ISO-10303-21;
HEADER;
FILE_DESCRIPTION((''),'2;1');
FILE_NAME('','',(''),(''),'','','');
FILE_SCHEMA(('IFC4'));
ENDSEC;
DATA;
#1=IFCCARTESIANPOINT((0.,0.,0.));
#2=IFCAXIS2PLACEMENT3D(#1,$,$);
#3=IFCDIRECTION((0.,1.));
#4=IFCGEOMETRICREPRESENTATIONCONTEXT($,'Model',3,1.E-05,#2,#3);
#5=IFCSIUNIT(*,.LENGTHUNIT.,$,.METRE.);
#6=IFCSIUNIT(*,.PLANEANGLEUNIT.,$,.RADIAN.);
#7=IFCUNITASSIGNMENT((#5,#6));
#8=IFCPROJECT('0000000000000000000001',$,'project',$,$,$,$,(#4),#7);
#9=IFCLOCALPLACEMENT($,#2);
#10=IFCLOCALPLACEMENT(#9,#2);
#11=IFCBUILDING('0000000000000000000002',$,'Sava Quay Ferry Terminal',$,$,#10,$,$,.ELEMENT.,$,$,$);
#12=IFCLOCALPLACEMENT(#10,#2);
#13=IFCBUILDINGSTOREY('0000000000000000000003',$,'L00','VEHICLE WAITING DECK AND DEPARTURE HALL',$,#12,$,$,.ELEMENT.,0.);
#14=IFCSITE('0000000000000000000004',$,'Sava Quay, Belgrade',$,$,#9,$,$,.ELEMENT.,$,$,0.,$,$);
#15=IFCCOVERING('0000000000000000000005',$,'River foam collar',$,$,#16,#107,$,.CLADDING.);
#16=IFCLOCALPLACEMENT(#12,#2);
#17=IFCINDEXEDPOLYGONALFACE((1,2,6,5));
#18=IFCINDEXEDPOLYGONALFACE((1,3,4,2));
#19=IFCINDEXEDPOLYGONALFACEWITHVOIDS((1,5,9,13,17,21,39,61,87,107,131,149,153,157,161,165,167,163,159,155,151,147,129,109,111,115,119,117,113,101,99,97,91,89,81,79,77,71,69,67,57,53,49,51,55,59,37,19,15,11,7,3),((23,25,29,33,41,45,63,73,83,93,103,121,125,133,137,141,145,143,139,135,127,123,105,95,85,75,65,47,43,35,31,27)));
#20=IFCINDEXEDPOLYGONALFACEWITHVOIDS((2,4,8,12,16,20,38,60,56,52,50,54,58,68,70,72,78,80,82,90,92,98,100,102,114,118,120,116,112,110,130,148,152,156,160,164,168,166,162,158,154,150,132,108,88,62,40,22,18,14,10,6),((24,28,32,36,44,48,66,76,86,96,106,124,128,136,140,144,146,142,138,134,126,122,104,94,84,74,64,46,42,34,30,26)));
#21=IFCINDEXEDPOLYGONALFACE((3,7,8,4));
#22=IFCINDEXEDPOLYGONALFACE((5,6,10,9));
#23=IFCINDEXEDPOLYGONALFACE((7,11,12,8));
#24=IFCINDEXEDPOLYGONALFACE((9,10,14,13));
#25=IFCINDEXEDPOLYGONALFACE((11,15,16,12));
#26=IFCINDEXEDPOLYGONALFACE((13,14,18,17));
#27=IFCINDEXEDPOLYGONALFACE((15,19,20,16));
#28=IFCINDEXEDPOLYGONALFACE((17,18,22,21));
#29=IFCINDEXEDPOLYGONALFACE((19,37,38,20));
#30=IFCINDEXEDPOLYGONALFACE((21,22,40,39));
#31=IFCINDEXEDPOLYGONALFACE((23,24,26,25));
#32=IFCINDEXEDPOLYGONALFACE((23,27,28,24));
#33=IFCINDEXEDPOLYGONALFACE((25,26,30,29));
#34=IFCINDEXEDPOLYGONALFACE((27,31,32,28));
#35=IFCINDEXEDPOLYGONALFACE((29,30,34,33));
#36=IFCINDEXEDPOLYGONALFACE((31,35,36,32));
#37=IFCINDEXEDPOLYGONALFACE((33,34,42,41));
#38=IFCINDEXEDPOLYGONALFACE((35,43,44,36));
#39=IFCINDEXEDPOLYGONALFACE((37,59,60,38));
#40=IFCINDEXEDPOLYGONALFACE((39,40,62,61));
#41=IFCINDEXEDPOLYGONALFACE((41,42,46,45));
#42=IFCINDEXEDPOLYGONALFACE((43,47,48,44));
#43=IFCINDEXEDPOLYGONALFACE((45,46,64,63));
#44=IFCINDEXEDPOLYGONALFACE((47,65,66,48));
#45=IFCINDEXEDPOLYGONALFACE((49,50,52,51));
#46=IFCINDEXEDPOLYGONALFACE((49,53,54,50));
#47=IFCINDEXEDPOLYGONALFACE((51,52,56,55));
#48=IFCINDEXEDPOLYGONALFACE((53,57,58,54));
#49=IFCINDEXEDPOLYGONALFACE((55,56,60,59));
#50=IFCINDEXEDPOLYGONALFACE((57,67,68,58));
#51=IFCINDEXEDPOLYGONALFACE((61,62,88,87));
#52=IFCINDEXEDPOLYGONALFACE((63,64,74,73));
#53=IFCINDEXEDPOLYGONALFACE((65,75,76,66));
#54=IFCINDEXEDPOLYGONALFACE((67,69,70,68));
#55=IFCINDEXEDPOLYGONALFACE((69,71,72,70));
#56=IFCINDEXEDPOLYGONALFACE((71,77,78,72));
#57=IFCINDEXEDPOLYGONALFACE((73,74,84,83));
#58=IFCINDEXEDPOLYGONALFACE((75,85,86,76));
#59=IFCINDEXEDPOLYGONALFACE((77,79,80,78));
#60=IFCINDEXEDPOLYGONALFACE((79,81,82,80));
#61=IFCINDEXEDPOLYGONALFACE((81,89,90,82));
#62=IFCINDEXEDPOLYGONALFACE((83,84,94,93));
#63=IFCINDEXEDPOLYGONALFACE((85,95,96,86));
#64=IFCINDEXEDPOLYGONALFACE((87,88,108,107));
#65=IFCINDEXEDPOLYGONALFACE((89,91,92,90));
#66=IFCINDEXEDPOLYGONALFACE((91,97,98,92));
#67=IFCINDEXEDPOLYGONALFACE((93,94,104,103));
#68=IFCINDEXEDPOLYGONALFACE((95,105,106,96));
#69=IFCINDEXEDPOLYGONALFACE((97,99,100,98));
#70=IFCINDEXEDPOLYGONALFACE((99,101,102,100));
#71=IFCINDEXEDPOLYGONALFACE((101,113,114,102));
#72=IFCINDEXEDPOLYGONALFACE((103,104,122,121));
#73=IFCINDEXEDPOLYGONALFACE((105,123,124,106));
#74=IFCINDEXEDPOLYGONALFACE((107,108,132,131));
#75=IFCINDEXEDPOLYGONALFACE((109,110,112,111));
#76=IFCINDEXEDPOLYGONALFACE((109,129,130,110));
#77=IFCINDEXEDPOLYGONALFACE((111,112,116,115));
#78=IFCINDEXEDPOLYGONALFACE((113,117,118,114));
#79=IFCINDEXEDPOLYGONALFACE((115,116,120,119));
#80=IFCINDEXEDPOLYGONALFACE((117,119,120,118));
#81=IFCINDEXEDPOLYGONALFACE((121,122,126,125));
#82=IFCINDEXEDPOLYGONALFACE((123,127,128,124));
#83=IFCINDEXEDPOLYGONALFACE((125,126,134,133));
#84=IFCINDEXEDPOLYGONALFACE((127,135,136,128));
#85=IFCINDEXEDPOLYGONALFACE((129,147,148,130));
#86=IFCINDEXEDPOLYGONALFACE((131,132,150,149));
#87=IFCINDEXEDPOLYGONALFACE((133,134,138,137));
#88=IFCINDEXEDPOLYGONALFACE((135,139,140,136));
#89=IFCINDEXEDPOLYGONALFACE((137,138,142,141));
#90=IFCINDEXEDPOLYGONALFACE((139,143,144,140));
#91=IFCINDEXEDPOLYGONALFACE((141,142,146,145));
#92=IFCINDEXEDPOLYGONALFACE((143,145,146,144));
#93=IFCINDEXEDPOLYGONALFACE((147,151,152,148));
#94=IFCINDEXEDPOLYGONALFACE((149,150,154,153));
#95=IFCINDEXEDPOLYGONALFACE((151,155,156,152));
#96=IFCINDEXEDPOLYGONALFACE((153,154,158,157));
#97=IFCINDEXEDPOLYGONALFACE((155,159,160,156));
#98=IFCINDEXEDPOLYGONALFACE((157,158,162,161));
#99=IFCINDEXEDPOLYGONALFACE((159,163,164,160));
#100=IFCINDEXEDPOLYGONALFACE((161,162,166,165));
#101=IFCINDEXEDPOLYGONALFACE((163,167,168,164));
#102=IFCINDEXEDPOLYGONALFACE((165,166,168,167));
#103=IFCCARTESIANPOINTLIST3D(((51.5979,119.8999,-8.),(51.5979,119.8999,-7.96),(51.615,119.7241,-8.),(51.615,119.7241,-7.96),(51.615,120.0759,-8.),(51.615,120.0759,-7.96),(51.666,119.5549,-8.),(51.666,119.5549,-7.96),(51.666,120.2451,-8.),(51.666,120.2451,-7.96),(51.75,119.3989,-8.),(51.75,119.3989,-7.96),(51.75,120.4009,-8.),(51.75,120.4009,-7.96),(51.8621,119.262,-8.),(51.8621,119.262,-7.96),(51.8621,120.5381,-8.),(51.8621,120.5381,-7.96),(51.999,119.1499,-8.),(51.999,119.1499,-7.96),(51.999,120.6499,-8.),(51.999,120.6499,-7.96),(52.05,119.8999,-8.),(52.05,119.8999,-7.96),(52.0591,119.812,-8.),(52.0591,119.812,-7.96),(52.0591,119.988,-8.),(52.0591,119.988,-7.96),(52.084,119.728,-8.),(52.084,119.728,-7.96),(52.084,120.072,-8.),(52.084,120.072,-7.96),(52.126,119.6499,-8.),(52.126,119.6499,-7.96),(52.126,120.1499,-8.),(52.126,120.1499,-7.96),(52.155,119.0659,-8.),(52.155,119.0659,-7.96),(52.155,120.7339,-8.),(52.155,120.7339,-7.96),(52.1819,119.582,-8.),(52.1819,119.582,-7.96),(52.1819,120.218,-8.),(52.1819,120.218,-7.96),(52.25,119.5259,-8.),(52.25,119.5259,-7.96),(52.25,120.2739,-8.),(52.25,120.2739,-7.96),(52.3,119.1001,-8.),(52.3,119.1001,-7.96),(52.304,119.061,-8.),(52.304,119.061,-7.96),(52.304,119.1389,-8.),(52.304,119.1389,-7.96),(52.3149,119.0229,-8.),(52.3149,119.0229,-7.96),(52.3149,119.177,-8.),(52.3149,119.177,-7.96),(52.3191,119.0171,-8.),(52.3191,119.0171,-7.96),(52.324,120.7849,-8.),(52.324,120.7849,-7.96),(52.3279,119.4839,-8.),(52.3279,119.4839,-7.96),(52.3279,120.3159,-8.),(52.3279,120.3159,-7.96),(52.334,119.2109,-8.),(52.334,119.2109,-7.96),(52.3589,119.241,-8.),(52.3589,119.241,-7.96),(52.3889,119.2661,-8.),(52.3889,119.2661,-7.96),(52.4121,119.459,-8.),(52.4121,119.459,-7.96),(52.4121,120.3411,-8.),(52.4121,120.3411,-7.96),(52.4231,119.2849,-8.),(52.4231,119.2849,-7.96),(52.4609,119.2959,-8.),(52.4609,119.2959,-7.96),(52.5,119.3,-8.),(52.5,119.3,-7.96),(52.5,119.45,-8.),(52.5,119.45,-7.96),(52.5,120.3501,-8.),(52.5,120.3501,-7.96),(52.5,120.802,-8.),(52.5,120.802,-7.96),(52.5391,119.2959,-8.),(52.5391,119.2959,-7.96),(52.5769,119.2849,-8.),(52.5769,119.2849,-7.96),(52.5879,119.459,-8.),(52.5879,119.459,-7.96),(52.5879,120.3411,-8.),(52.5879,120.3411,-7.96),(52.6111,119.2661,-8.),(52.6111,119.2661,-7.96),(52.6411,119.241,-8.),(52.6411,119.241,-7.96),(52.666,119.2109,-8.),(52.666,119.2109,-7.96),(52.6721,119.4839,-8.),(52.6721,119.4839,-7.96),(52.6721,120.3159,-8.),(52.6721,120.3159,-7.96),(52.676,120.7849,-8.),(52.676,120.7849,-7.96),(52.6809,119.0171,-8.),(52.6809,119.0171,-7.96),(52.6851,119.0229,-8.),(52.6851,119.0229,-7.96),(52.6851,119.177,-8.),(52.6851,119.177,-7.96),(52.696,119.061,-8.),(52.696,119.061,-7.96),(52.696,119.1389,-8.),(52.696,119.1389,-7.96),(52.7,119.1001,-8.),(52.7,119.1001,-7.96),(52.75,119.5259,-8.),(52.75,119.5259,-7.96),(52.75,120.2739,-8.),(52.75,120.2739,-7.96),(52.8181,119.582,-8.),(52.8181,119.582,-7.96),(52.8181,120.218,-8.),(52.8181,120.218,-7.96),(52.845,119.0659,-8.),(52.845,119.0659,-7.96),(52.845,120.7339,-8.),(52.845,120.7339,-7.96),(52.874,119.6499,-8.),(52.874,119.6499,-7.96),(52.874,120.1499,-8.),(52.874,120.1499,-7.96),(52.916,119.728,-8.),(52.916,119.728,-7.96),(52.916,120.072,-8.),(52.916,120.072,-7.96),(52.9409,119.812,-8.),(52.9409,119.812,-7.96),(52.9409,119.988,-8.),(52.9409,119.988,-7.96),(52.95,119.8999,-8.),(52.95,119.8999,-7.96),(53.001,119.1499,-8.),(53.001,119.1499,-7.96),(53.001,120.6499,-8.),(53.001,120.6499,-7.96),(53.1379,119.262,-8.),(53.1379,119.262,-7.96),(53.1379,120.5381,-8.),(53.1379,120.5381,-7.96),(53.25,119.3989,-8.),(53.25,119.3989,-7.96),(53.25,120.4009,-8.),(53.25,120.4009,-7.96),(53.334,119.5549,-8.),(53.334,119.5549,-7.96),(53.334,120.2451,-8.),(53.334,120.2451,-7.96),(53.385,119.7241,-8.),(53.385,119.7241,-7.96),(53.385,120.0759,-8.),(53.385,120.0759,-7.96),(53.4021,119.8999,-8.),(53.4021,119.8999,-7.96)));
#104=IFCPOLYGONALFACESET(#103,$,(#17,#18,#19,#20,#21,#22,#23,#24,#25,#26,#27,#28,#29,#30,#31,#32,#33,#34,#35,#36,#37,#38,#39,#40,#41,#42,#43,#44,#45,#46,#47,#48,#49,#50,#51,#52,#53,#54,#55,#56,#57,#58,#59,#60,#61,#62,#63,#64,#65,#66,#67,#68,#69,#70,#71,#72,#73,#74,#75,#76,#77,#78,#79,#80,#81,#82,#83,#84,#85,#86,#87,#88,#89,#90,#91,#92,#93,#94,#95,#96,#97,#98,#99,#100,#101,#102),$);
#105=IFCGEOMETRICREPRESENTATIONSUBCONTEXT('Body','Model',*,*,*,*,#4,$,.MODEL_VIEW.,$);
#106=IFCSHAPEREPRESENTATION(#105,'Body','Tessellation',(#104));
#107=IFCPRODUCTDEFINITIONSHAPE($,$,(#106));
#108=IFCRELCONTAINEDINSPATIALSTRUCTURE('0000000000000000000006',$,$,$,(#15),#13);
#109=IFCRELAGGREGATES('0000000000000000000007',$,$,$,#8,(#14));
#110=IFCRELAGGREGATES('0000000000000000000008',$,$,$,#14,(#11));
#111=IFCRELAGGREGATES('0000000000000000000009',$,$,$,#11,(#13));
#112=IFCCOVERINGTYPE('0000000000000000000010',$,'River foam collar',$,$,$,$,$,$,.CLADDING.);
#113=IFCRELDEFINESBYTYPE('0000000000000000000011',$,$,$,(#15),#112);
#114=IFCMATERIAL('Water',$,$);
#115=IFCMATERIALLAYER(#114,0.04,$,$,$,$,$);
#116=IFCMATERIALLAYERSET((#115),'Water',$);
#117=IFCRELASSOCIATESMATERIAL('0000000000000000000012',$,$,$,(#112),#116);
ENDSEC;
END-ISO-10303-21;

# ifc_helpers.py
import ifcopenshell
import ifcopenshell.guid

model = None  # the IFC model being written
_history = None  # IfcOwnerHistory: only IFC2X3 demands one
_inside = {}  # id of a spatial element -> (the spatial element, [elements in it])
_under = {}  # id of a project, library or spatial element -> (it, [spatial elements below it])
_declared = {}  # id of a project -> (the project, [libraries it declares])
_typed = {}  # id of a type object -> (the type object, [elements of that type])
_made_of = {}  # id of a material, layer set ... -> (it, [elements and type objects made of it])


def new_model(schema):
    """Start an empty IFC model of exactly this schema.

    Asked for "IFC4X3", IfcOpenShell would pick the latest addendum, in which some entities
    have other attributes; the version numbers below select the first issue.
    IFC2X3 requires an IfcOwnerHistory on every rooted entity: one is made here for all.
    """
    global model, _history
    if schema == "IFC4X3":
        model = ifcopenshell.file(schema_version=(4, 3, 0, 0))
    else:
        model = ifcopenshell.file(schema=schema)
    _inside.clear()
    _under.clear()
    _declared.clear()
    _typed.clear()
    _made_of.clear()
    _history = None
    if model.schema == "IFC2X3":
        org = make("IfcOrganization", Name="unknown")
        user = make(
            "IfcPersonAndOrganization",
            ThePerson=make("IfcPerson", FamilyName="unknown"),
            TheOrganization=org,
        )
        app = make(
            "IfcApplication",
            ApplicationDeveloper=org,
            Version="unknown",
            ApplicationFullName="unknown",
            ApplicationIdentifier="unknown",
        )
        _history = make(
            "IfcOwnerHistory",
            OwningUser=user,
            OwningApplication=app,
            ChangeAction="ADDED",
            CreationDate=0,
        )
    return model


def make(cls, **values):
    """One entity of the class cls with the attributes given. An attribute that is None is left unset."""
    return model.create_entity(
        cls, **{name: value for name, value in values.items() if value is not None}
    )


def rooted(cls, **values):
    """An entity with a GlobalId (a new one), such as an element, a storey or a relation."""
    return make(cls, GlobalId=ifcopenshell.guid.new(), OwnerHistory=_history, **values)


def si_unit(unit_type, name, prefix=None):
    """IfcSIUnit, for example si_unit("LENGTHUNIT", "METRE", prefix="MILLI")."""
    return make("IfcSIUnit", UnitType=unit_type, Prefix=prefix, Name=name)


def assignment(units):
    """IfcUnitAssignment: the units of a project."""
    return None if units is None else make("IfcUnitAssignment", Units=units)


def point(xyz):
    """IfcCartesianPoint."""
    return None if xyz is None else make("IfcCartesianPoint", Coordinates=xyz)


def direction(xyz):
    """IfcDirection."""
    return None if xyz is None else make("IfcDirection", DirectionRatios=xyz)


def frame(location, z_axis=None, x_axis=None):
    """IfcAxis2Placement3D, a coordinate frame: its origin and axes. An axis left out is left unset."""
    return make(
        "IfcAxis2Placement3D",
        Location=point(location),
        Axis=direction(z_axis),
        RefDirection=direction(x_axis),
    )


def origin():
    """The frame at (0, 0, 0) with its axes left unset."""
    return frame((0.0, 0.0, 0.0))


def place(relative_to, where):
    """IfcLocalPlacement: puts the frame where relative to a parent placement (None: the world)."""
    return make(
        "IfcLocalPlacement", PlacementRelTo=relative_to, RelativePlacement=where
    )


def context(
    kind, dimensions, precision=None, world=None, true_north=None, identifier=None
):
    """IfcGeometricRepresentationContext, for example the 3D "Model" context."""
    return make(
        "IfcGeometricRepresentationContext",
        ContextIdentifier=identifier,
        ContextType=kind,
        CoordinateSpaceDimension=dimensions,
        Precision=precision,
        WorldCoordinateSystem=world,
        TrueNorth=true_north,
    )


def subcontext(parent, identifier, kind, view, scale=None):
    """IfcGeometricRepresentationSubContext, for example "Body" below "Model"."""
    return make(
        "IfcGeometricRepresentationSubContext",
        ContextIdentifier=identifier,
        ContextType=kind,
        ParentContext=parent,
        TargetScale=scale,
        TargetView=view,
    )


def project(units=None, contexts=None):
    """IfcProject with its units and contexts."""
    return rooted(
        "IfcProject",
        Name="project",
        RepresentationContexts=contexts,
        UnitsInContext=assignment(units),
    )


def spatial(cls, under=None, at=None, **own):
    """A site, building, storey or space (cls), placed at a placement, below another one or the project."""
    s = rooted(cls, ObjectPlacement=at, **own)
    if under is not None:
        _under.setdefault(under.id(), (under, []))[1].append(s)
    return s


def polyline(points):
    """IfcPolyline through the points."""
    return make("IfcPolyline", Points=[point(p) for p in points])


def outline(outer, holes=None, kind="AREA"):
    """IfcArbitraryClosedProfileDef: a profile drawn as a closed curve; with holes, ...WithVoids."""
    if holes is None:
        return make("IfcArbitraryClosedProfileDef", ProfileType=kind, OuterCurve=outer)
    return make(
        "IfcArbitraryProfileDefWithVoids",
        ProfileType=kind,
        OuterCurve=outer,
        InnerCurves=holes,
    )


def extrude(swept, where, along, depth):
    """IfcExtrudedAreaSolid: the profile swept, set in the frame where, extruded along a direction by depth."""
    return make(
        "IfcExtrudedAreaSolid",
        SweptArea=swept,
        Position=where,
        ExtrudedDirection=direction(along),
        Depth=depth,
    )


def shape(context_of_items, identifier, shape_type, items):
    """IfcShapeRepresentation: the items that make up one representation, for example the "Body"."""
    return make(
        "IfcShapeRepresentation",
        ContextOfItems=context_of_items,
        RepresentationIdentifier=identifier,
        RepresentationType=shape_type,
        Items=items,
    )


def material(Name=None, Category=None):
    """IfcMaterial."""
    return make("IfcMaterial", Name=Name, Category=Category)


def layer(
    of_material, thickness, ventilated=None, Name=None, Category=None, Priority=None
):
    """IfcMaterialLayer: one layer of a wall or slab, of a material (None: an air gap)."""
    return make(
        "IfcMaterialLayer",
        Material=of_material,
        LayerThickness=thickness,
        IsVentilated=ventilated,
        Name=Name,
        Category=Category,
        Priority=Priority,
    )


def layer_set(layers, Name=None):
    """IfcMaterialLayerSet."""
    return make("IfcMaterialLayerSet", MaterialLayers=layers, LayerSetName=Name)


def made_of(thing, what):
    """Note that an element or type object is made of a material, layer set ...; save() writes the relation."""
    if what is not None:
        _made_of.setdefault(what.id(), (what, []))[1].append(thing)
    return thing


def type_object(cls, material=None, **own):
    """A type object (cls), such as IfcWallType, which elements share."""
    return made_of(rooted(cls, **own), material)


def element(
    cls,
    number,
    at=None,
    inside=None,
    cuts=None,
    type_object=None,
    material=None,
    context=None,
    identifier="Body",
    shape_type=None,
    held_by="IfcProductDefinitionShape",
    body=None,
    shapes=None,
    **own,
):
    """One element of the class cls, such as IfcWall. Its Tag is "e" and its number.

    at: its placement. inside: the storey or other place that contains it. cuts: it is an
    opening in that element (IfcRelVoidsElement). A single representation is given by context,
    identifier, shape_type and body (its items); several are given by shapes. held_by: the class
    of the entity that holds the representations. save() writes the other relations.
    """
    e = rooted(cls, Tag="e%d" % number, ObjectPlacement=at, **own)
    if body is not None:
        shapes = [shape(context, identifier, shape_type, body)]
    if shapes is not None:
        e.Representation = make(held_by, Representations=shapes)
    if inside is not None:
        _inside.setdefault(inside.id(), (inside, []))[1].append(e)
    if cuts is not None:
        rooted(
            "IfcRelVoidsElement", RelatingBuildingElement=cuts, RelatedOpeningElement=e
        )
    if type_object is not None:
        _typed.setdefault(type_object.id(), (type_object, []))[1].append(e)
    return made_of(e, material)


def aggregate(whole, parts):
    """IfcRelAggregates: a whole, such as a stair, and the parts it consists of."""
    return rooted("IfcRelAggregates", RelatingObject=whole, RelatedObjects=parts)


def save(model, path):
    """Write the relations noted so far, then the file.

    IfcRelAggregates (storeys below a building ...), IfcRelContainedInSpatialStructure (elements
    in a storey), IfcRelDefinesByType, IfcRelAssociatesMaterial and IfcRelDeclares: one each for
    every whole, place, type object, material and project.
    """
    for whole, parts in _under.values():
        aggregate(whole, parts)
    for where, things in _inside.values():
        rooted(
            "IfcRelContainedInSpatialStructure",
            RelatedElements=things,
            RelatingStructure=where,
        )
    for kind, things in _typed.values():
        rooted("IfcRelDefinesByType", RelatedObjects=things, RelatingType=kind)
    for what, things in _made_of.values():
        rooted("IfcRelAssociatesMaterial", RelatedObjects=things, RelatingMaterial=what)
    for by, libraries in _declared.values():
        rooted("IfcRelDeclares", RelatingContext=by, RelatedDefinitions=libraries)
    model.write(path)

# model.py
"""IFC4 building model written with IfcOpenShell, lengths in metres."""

from ifc_helpers import new_model, si_unit, direction, frame, origin, place, context, subcontext, project, spatial, polyline, outline, extrude, material, layer, layer_set, type_object, element, save


model = new_model("IFC4")

# Units and contexts
model_context = context("Model", 3, precision=1e-05, world=origin(), true_north=direction((0.0, 1.0)))
body_context = subcontext(model_context, "Body", "Model", "MODEL_VIEW")
ifc_project = project(units=[si_unit("LENGTHUNIT", "METRE"), si_unit("PLANEANGLEUNIT", "RADIAN")], contexts=[model_context])

# Site, building, storey
site_placement = place(None, origin())
site = spatial("IfcSite", under=ifc_project, at=site_placement, Name="Sava Quay, Belgrade", CompositionType="ELEMENT", RefElevation=0.0)
building_placement = place(site_placement, origin())
building = spatial("IfcBuilding", under=site, at=building_placement, Name="Sava Quay Ferry Terminal", CompositionType="ELEMENT")
storey_placement = place(building_placement, origin())
storey = spatial("IfcBuildingStorey", under=building, at=storey_placement, Name="L00", Description="VEHICLE WAITING DECK AND DEPARTURE HALL", CompositionType="ELEMENT", Elevation=0.0)

# Covering
ifc_material = material(Name="Water")
ifc_layer = layer(ifc_material, 0.04)
ifc_layer_set = layer_set([ifc_layer], Name="Water")
covering_type = type_object("IfcCoveringType", Name="River foam collar", PredefinedType="CLADDING", material=ifc_layer_set)
covering_1_placement = place(storey_placement, frame((0.0, 0.0, -8.0)))
element("IfcCovering", 1, at=covering_1_placement, inside=storey, type_object=covering_type, Name="River foam collar", PredefinedType="CLADDING", context=body_context, shape_type="SweptSolid", body=[
    extrude(outline(polyline([(51.615, 120.0759), (51.5979, 119.8999), (51.615, 119.7241), (51.666, 119.5549), (51.75, 119.3989), (51.8621, 119.262), (51.999, 119.1499), (52.155, 119.0659), (52.3191, 119.0171), (52.3149, 119.0229), (52.304, 119.061), (52.3, 119.1001), (52.304, 119.1389), (52.3149, 119.177), (52.334, 119.2109), (52.3589, 119.241), (52.3889, 119.2661), (52.4231, 119.2849), (52.4609, 119.2959), (52.5, 119.3), (52.5391, 119.2959), (52.5769, 119.2849), (52.6111, 119.2661), (52.6411, 119.241), (52.666, 119.2109), (52.6851, 119.177), (52.696, 119.1389), (52.7, 119.1001), (52.696, 119.061), (52.6851, 119.0229), (52.6809, 119.0171), (52.845, 119.0659), (53.001, 119.1499), (53.1379, 119.262), (53.25, 119.3989), (53.334, 119.5549), (53.385, 119.7241), (53.4021, 119.8999), (53.385, 120.0759), (53.334, 120.2451), (53.25, 120.4009), (53.1379, 120.5381), (53.001, 120.6499), (52.845, 120.7339), (52.676, 120.7849), (52.5, 120.802), (52.324, 120.7849), (52.155, 120.7339), (51.999, 120.6499), (51.8621, 120.5381), (51.75, 120.4009), (51.666, 120.2451), (51.615, 120.0759)]), holes=[polyline([(52.75, 120.2739), (52.8181, 120.218), (52.874, 120.1499), (52.916, 120.072), (52.9409, 119.988), (52.95, 119.8999), (52.9409, 119.812), (52.916, 119.728), (52.874, 119.6499), (52.8181, 119.582), (52.75, 119.5259), (52.6721, 119.4839), (52.5879, 119.459), (52.5, 119.45), (52.4121, 119.459), (52.3279, 119.4839), (52.25, 119.5259), (52.1819, 119.582), (52.126, 119.6499), (52.084, 119.728), (52.0591, 119.812), (52.05, 119.8999), (52.0591, 119.988), (52.084, 120.072), (52.126, 120.1499), (52.1819, 120.218), (52.25, 120.2739), (52.3279, 120.3159), (52.4121, 120.3411), (52.5, 120.3501), (52.5879, 120.3411), (52.6721, 120.3159), (52.75, 120.2739)])]), origin(), (0.0, 0.0, 1.0), 0.04),
])

save(model, "model.ifc")
